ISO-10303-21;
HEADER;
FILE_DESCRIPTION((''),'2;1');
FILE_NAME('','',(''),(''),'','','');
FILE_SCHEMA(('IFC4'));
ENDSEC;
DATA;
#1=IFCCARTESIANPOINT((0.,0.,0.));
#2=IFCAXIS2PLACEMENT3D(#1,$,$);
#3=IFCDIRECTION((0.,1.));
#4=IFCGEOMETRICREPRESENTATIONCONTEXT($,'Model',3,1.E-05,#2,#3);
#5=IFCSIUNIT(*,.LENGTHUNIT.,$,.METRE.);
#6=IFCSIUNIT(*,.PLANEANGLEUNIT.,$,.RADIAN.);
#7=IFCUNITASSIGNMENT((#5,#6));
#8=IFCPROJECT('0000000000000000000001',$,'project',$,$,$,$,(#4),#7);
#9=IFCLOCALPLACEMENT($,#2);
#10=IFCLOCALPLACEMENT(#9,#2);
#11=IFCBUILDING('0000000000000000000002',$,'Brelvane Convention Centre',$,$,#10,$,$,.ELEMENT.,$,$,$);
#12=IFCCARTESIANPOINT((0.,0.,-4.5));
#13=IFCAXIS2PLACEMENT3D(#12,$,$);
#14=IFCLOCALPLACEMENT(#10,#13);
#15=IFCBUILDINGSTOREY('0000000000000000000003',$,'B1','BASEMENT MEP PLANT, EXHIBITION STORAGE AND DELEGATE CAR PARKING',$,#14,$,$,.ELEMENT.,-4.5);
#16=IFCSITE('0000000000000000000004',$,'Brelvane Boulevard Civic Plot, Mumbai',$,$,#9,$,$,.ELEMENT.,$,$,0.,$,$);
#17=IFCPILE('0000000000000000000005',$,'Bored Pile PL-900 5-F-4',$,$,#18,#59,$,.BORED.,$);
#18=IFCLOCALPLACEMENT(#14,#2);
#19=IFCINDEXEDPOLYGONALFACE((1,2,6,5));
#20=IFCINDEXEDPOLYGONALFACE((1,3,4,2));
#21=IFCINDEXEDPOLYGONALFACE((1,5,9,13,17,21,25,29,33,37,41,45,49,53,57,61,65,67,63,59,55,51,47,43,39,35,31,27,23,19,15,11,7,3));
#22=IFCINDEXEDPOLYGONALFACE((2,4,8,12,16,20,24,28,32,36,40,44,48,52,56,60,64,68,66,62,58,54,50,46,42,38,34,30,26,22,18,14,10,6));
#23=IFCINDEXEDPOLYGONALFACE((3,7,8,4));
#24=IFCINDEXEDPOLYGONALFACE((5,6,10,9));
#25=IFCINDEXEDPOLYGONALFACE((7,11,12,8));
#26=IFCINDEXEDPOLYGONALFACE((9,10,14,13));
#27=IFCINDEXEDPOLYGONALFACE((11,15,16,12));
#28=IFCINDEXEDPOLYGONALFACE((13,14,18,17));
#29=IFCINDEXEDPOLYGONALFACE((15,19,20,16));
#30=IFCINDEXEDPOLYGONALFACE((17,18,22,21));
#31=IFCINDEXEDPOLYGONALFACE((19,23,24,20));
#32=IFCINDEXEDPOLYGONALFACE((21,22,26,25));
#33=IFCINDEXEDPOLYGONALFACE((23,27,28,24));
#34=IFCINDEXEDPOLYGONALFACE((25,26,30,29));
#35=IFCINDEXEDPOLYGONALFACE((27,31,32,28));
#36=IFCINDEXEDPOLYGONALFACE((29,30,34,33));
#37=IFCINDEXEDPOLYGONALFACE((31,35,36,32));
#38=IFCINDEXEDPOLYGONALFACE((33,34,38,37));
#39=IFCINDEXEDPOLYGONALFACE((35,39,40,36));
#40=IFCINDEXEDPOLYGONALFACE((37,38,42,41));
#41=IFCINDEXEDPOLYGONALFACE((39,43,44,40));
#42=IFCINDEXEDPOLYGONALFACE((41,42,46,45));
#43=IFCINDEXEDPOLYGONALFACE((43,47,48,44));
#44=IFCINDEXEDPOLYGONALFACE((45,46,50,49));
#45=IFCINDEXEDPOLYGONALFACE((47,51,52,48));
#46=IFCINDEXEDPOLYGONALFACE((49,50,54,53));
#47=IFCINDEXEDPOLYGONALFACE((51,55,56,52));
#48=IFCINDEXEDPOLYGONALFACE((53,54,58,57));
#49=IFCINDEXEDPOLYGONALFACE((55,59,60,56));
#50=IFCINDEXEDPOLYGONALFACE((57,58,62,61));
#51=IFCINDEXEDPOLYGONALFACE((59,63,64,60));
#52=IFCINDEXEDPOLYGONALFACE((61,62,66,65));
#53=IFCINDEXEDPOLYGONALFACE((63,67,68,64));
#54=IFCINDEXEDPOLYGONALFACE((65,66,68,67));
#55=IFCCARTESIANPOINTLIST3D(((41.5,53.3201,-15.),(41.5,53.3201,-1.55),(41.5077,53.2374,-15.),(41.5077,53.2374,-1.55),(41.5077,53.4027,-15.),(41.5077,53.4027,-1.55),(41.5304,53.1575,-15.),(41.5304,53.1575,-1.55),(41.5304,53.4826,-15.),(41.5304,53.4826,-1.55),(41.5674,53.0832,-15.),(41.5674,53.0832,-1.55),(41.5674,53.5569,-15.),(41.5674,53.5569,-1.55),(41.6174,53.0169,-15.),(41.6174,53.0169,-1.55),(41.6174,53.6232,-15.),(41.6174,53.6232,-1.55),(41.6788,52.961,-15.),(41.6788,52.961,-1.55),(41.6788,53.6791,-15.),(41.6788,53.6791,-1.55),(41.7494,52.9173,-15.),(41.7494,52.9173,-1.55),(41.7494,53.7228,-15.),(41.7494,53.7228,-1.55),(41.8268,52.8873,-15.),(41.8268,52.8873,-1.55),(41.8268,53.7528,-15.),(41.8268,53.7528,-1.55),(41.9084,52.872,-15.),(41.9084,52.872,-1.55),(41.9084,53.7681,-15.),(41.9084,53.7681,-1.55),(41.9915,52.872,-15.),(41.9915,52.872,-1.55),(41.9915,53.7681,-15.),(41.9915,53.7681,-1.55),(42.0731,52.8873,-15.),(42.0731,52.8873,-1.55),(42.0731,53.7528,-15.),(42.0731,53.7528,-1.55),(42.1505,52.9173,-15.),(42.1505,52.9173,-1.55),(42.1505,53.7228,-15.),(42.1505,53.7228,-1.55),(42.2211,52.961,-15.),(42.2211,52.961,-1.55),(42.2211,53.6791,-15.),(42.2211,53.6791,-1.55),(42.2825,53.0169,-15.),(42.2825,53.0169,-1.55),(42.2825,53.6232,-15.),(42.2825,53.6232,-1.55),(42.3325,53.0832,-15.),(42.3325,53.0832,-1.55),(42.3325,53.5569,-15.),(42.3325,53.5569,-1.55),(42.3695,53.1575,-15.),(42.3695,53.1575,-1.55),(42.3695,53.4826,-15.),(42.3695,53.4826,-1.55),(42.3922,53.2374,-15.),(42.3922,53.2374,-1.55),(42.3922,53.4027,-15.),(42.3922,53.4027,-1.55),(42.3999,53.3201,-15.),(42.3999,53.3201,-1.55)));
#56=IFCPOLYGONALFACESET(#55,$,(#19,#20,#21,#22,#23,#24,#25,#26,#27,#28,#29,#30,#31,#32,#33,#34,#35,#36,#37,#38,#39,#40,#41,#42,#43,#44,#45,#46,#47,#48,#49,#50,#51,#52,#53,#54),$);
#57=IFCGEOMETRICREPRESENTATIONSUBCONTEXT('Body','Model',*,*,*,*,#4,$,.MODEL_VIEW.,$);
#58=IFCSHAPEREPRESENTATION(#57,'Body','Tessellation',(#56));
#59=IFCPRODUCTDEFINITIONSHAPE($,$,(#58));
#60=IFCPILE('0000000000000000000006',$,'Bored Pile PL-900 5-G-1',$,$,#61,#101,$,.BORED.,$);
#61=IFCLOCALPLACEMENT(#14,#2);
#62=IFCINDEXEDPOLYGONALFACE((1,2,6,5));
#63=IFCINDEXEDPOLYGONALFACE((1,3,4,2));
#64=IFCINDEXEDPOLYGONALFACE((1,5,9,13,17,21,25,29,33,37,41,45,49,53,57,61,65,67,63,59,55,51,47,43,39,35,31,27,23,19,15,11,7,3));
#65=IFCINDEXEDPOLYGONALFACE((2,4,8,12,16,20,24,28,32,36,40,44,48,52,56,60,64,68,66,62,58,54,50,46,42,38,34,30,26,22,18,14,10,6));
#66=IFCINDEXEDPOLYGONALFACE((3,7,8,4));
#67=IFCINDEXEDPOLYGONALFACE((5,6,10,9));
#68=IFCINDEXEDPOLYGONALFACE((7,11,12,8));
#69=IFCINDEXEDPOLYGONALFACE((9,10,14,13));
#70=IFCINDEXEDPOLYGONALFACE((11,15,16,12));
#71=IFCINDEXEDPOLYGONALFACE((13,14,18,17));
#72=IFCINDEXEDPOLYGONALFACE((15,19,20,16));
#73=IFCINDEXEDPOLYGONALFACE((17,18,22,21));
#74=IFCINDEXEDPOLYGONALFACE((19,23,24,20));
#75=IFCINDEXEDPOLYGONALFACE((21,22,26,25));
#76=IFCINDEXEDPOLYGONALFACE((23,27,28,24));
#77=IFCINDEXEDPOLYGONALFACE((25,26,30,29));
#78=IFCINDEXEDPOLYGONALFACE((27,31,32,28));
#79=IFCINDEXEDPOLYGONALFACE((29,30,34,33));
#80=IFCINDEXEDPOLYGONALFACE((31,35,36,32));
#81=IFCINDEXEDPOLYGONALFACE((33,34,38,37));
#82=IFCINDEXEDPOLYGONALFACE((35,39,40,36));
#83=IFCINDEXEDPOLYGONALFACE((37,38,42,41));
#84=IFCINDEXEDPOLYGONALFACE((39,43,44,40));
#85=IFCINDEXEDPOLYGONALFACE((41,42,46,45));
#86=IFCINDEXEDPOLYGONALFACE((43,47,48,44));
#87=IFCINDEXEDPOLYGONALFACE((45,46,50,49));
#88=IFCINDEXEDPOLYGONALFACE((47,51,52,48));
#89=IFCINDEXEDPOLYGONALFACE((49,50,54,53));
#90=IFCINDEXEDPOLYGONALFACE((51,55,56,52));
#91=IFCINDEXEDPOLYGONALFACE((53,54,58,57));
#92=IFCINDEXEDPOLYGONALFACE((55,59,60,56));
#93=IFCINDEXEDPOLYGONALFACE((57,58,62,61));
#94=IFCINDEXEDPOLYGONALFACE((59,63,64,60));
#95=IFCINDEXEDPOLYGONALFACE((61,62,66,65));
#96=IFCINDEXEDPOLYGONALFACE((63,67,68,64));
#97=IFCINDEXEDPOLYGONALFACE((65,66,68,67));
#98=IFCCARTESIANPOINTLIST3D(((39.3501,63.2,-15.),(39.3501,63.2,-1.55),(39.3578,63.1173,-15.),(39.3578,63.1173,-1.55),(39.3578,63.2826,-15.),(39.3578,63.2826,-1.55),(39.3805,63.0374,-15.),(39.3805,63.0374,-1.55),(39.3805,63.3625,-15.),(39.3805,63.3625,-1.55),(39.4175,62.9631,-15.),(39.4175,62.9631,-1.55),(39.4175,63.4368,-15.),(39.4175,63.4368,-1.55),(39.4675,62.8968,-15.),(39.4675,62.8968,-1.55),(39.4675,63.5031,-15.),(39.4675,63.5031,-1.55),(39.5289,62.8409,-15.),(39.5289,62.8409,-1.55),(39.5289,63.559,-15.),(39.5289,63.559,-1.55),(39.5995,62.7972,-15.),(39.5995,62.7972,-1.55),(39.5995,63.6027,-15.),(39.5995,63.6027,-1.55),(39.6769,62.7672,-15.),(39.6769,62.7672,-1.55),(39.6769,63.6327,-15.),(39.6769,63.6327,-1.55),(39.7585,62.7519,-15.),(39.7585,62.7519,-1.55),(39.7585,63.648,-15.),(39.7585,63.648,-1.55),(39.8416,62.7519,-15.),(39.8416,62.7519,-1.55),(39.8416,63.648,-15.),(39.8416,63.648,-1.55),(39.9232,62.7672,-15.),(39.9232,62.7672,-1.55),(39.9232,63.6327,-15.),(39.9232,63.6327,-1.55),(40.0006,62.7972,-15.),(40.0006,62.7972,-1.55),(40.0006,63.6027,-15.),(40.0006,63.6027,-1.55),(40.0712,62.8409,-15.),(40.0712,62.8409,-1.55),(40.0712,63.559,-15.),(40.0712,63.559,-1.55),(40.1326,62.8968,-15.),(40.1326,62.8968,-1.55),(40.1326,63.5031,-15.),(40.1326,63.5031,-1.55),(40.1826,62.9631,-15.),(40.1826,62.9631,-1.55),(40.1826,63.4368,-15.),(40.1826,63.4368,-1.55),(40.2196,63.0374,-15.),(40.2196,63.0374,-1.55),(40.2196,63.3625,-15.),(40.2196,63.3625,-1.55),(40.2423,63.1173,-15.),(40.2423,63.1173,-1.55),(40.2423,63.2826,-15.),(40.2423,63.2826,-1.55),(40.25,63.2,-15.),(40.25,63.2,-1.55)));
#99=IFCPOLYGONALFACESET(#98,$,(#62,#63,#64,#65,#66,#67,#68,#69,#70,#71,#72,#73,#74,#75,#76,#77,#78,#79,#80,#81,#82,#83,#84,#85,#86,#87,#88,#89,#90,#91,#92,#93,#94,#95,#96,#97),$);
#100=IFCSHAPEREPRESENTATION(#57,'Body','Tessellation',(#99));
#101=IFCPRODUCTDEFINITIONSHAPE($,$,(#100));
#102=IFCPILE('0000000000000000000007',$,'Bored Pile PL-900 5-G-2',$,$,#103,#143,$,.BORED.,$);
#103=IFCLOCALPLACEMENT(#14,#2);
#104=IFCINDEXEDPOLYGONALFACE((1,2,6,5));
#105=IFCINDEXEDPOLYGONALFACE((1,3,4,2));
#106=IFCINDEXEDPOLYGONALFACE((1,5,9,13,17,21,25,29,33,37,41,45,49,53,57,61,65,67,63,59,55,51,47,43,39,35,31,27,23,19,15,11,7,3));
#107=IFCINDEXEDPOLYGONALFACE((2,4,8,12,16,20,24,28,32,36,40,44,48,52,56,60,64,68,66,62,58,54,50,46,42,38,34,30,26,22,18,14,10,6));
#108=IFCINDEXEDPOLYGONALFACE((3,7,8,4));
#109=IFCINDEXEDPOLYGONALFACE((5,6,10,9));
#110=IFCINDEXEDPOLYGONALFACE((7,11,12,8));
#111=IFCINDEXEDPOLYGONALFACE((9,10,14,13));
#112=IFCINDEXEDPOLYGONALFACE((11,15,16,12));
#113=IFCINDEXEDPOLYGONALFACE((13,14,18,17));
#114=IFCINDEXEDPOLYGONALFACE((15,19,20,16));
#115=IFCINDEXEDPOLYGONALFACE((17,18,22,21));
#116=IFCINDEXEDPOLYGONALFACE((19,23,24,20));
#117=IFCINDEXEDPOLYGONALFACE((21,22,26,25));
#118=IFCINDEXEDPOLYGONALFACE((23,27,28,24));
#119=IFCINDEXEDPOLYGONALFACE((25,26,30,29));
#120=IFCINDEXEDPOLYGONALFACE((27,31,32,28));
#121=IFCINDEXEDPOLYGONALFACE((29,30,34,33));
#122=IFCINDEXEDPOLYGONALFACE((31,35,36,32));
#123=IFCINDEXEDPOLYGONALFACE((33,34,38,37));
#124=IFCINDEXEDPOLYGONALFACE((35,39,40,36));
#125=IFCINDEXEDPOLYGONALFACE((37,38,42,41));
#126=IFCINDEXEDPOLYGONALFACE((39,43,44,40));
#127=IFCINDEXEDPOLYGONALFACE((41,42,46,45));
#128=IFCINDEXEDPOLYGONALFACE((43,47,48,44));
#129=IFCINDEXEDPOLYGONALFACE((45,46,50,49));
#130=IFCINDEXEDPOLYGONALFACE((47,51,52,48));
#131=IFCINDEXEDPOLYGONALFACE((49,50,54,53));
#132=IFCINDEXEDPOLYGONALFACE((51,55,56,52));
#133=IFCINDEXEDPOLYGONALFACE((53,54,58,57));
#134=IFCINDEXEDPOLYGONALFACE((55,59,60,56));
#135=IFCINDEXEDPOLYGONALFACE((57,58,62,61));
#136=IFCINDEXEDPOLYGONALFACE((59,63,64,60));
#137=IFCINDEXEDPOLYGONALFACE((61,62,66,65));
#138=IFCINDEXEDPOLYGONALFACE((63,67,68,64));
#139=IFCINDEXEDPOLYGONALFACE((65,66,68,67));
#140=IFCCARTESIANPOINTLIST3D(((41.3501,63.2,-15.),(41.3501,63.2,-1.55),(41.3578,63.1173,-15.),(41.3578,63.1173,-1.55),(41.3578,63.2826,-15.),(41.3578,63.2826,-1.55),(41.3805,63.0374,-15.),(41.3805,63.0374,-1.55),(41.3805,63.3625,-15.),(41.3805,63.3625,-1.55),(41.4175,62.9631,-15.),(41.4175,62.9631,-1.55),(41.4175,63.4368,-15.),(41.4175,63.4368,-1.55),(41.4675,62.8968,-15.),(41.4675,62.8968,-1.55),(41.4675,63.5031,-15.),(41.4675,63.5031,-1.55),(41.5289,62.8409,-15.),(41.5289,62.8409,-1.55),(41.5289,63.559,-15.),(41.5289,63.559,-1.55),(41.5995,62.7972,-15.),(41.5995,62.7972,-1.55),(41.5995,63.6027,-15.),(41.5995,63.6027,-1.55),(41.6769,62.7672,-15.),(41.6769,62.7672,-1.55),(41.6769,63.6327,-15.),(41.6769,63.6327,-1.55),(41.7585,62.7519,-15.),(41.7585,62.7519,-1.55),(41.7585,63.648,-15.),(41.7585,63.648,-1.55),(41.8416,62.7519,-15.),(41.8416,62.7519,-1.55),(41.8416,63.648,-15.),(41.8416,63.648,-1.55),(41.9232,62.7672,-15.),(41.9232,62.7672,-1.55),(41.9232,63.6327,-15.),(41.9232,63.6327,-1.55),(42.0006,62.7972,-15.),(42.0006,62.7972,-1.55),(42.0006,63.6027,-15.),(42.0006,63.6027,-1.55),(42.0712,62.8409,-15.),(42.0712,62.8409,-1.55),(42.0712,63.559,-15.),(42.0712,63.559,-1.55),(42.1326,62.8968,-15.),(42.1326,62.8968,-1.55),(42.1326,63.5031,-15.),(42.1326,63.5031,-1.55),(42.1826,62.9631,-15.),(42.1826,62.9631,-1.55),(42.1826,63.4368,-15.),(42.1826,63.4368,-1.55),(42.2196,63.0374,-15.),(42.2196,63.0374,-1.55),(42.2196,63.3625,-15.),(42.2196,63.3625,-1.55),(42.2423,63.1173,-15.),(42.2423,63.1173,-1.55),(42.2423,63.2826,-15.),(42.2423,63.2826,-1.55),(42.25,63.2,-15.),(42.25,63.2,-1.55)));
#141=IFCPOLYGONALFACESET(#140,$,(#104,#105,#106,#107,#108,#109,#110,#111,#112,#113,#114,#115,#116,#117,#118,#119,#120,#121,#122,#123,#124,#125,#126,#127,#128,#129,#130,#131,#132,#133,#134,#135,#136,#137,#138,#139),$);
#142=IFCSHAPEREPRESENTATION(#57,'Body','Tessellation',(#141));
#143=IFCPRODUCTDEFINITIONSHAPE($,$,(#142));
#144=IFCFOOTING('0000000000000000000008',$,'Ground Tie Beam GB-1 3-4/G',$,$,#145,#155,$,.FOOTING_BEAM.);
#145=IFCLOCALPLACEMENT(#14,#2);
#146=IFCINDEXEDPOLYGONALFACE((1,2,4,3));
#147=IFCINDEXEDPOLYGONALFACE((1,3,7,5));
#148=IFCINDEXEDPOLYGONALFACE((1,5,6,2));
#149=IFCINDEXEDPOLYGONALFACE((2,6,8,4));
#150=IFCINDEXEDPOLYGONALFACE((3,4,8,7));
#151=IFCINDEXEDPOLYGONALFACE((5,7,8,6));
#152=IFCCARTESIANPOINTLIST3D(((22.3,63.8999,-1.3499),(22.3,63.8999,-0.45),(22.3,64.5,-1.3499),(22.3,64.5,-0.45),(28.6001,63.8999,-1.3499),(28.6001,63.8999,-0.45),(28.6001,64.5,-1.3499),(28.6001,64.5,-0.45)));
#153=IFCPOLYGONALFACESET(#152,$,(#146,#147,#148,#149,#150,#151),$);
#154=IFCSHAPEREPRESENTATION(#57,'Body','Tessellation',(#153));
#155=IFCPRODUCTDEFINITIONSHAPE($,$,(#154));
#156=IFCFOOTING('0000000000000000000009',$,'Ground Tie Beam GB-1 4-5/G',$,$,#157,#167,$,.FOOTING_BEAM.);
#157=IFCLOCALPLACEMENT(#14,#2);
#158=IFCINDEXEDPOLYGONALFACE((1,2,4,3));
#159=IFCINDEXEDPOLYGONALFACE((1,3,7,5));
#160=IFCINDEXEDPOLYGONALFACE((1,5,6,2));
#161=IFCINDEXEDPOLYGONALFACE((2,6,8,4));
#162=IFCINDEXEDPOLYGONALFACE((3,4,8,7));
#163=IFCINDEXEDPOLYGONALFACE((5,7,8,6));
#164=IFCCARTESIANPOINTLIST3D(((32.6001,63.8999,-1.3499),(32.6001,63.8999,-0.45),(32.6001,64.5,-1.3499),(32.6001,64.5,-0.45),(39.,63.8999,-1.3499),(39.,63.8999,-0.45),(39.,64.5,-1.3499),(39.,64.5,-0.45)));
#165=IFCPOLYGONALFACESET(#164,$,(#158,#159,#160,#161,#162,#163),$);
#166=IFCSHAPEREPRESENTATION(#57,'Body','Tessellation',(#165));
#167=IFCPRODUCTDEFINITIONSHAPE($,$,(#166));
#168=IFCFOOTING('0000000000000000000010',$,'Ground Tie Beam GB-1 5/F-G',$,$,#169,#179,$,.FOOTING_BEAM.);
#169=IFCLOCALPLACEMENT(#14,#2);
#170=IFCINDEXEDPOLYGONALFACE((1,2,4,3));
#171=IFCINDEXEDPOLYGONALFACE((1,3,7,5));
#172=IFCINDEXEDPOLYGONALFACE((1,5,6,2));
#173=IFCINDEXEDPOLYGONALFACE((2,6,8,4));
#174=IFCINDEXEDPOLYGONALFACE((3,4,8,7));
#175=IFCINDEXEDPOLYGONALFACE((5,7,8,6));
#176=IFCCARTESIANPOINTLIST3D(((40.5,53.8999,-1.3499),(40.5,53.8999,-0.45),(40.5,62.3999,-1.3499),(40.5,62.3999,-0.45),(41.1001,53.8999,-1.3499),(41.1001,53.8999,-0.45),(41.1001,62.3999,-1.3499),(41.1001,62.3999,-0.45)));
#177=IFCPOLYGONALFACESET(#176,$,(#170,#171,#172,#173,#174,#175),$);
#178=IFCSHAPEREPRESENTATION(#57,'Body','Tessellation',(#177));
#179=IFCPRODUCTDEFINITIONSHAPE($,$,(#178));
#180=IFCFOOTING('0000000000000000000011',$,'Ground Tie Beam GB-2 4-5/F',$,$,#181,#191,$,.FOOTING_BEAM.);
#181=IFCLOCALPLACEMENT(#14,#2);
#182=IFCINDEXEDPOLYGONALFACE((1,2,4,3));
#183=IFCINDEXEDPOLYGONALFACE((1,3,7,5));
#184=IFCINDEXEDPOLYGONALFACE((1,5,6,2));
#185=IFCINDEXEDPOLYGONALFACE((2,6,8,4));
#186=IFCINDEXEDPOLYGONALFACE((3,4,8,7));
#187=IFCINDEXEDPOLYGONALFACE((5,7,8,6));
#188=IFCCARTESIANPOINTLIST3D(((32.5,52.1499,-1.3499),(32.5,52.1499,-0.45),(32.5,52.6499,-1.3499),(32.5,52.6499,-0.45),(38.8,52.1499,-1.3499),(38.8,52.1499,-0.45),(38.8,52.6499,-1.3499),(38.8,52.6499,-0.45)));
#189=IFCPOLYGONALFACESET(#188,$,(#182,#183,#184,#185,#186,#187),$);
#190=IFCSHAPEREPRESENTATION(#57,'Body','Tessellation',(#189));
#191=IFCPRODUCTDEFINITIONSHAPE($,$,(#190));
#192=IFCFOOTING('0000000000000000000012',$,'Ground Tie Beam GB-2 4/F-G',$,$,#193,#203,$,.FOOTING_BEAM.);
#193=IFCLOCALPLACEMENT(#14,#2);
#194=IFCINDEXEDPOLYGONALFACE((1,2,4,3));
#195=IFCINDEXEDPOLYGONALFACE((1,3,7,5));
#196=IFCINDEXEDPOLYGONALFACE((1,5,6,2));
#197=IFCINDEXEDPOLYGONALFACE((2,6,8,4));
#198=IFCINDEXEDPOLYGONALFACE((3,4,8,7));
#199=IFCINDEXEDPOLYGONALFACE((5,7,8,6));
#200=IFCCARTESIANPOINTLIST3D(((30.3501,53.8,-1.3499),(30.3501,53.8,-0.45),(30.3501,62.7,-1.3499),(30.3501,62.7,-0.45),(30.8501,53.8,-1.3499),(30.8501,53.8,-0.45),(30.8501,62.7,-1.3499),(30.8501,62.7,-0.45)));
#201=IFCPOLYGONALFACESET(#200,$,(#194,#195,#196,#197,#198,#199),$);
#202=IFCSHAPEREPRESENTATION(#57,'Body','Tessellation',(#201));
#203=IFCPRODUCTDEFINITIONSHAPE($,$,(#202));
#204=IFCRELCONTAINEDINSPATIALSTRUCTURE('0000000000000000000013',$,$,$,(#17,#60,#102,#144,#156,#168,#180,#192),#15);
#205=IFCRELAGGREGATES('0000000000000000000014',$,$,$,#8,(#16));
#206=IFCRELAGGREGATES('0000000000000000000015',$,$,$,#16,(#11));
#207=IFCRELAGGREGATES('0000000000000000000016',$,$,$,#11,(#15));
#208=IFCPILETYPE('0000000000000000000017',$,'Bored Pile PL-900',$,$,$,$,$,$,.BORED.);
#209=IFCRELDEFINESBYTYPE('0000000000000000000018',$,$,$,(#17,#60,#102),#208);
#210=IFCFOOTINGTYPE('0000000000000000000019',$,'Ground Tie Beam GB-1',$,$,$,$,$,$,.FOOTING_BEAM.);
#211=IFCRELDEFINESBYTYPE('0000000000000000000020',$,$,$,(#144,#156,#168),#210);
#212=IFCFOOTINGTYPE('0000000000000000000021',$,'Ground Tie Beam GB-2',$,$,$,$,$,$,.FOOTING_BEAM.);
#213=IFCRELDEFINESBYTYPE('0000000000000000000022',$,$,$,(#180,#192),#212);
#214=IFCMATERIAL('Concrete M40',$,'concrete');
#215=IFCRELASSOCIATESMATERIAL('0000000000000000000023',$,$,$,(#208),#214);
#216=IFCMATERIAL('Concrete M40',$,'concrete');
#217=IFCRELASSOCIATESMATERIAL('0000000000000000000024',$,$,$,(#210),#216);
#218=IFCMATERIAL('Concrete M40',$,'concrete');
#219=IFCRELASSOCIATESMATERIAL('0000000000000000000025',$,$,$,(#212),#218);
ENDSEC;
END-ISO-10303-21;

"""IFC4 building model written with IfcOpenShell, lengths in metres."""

from ifc_helpers import new_model, si_unit, direction, frame, origin, origin_2d, place, context, subcontext, project, spatial, rectangle, circle, extrude, material, material_profile, profile_set, type_object, element, save


model = new_model("IFC4")

# Units and contexts
model_context = context("Model", 3, precision=1e-05, world=origin(), true_north=direction((0.0, 1.0)))
body_context = subcontext(model_context, "Body", "Model", "MODEL_VIEW")
ifc_project = project(units=[si_unit("LENGTHUNIT", "METRE"), si_unit("PLANEANGLEUNIT", "RADIAN")], contexts=[model_context])

# Site, building, storey
site_placement = place(None, origin())
site = spatial("IfcSite", under=ifc_project, at=site_placement, Name="Brelvane Boulevard Civic Plot, Mumbai", CompositionType="ELEMENT", RefElevation=0.0)
building_placement = place(site_placement, origin())
building = spatial("IfcBuilding", under=site, at=building_placement, Name="Brelvane Convention Centre", CompositionType="ELEMENT")
storey_placement = place(building_placement, frame((0.0, 0.0, -4.5)))
storey = spatial("IfcBuildingStorey", under=building, at=storey_placement, Name="B1", Description="BASEMENT MEP PLANT, EXHIBITION STORAGE AND DELEGATE CAR PARKING", CompositionType="ELEMENT", Elevation=-4.5)

# Piles
ifc_material_1 = material(Name="Concrete M40", Category="concrete")
ifc_material_profile_1 = material_profile(ifc_material_1, circle(Radius=0.45, at=origin_2d()), Name="PILE D900")
ifc_profile_set_1 = profile_set([ifc_material_profile_1], Name="Concrete M40")
pile_type = type_object("IfcPileType", Name="Bored Pile PL-900", PredefinedType="BORED", material=ifc_profile_set_1)
for number, where, z_axis, x_axis, name in (
    (1, (41.95, 53.3201, -1.55), (0.0, 0.0, -1.0), (1.0, 0.0, 0.0), "Bored Pile PL-900 5-F-4"),
    (2, (39.8, 63.2, -1.55), (0.0, 0.0, -1.0), (1.0, 0.0, 0.0), "Bored Pile PL-900 5-G-1"),
    (3, (41.8, 63.2, -1.55), (0.0, 0.0, -1.0), (1.0, 0.0, 0.0), "Bored Pile PL-900 5-G-2"),
):
    element("IfcPile", number, at=place(storey_placement, frame(where, z_axis=z_axis, x_axis=x_axis)), inside=storey, type_object=pile_type, Name=name, PredefinedType="BORED", context=body_context, shape_type="SweptSolid", body=[
        extrude(circle(Radius=0.45, at=origin_2d()), origin(), (0.0, 0.0, 1.0), 13.45),
    ])

# Footings
ifc_material_2 = material(Name="Concrete M40", Category="concrete")
ifc_material_profile_2 = material_profile(ifc_material_2, rectangle(XDim=0.6001, YDim=0.8999, at=origin_2d()), Name="RC 600x900")
ifc_profile_set_2 = profile_set([ifc_material_profile_2], Name="Concrete M40")
footing_type_1 = type_object("IfcFootingType", Name="Ground Tie Beam GB-1", PredefinedType="FOOTING_BEAM", material=ifc_profile_set_2)
footing_1_placement = place(storey_placement, frame((22.3, 64.2, -0.8999), z_axis=(1.0, 0.0, 0.0), x_axis=(0.0, 1.0, 0.0)))
element("IfcFooting", 4, at=footing_1_placement, inside=storey, type_object=footing_type_1, Name="Ground Tie Beam GB-1 3-4/G", PredefinedType="FOOTING_BEAM", context=body_context, shape_type="SweptSolid", body=[
    extrude(rectangle(XDim=0.6001, YDim=0.8999, at=origin_2d()), origin(), (0.0, 0.0, 1.0), 6.3),
])
footing_2_placement = place(storey_placement, frame((32.6001, 64.2, -0.8999), z_axis=(1.0, 0.0, 0.0), x_axis=(0.0, 1.0, 0.0)))
element("IfcFooting", 5, at=footing_2_placement, inside=storey, type_object=footing_type_1, Name="Ground Tie Beam GB-1 4-5/G", PredefinedType="FOOTING_BEAM", context=body_context, shape_type="SweptSolid", body=[
    extrude(rectangle(XDim=0.6001, YDim=0.8999, at=origin_2d()), origin(), (0.0, 0.0, 1.0), 6.3999),
])
footing_3_placement = place(storey_placement, frame((40.8, 53.8999, -0.8999), z_axis=(0.0, 1.0, 0.0), x_axis=(-1.0, 0.0, 0.0)))
element("IfcFooting", 6, at=footing_3_placement, inside=storey, type_object=footing_type_1, Name="Ground Tie Beam GB-1 5/F-G", PredefinedType="FOOTING_BEAM", context=body_context, shape_type="SweptSolid", body=[
    extrude(rectangle(XDim=0.6001, YDim=0.8999, at=origin_2d()), origin(), (0.0, 0.0, 1.0), 8.5),
])
ifc_material_3 = material(Name="Concrete M40", Category="concrete")
ifc_material_profile_3 = material_profile(ifc_material_3, rectangle(XDim=0.5, YDim=0.8999, at=origin_2d()), Name="RC 500x900")
ifc_profile_set_3 = profile_set([ifc_material_profile_3], Name="Concrete M40")
footing_type_2 = type_object("IfcFootingType", Name="Ground Tie Beam GB-2", PredefinedType="FOOTING_BEAM", material=ifc_profile_set_3)
footing_4_placement = place(storey_placement, frame((32.5, 52.3999, -0.8999), z_axis=(1.0, 0.0, 0.0), x_axis=(0.0, 1.0, 0.0)))
element("IfcFooting", 7, at=footing_4_placement, inside=storey, type_object=footing_type_2, Name="Ground Tie Beam GB-2 4-5/F", PredefinedType="FOOTING_BEAM", context=body_context, shape_type="SweptSolid", body=[
    extrude(rectangle(XDim=0.5, YDim=0.8999, at=origin_2d()), origin(), (0.0, 0.0, 1.0), 6.3),
])
footing_5_placement = place(storey_placement, frame((30.6001, 53.8, -0.8999), z_axis=(0.0, 1.0, 0.0), x_axis=(-1.0, 0.0, 0.0)))
element("IfcFooting", 8, at=footing_5_placement, inside=storey, type_object=footing_type_2, Name="Ground Tie Beam GB-2 4/F-G", PredefinedType="FOOTING_BEAM", context=body_context, shape_type="SweptSolid", body=[
    extrude(rectangle(XDim=0.5, YDim=0.8999, at=origin_2d()), origin(), (0.0, 0.0, 1.0), 8.8999),
])

save(model, "model.ifc")
